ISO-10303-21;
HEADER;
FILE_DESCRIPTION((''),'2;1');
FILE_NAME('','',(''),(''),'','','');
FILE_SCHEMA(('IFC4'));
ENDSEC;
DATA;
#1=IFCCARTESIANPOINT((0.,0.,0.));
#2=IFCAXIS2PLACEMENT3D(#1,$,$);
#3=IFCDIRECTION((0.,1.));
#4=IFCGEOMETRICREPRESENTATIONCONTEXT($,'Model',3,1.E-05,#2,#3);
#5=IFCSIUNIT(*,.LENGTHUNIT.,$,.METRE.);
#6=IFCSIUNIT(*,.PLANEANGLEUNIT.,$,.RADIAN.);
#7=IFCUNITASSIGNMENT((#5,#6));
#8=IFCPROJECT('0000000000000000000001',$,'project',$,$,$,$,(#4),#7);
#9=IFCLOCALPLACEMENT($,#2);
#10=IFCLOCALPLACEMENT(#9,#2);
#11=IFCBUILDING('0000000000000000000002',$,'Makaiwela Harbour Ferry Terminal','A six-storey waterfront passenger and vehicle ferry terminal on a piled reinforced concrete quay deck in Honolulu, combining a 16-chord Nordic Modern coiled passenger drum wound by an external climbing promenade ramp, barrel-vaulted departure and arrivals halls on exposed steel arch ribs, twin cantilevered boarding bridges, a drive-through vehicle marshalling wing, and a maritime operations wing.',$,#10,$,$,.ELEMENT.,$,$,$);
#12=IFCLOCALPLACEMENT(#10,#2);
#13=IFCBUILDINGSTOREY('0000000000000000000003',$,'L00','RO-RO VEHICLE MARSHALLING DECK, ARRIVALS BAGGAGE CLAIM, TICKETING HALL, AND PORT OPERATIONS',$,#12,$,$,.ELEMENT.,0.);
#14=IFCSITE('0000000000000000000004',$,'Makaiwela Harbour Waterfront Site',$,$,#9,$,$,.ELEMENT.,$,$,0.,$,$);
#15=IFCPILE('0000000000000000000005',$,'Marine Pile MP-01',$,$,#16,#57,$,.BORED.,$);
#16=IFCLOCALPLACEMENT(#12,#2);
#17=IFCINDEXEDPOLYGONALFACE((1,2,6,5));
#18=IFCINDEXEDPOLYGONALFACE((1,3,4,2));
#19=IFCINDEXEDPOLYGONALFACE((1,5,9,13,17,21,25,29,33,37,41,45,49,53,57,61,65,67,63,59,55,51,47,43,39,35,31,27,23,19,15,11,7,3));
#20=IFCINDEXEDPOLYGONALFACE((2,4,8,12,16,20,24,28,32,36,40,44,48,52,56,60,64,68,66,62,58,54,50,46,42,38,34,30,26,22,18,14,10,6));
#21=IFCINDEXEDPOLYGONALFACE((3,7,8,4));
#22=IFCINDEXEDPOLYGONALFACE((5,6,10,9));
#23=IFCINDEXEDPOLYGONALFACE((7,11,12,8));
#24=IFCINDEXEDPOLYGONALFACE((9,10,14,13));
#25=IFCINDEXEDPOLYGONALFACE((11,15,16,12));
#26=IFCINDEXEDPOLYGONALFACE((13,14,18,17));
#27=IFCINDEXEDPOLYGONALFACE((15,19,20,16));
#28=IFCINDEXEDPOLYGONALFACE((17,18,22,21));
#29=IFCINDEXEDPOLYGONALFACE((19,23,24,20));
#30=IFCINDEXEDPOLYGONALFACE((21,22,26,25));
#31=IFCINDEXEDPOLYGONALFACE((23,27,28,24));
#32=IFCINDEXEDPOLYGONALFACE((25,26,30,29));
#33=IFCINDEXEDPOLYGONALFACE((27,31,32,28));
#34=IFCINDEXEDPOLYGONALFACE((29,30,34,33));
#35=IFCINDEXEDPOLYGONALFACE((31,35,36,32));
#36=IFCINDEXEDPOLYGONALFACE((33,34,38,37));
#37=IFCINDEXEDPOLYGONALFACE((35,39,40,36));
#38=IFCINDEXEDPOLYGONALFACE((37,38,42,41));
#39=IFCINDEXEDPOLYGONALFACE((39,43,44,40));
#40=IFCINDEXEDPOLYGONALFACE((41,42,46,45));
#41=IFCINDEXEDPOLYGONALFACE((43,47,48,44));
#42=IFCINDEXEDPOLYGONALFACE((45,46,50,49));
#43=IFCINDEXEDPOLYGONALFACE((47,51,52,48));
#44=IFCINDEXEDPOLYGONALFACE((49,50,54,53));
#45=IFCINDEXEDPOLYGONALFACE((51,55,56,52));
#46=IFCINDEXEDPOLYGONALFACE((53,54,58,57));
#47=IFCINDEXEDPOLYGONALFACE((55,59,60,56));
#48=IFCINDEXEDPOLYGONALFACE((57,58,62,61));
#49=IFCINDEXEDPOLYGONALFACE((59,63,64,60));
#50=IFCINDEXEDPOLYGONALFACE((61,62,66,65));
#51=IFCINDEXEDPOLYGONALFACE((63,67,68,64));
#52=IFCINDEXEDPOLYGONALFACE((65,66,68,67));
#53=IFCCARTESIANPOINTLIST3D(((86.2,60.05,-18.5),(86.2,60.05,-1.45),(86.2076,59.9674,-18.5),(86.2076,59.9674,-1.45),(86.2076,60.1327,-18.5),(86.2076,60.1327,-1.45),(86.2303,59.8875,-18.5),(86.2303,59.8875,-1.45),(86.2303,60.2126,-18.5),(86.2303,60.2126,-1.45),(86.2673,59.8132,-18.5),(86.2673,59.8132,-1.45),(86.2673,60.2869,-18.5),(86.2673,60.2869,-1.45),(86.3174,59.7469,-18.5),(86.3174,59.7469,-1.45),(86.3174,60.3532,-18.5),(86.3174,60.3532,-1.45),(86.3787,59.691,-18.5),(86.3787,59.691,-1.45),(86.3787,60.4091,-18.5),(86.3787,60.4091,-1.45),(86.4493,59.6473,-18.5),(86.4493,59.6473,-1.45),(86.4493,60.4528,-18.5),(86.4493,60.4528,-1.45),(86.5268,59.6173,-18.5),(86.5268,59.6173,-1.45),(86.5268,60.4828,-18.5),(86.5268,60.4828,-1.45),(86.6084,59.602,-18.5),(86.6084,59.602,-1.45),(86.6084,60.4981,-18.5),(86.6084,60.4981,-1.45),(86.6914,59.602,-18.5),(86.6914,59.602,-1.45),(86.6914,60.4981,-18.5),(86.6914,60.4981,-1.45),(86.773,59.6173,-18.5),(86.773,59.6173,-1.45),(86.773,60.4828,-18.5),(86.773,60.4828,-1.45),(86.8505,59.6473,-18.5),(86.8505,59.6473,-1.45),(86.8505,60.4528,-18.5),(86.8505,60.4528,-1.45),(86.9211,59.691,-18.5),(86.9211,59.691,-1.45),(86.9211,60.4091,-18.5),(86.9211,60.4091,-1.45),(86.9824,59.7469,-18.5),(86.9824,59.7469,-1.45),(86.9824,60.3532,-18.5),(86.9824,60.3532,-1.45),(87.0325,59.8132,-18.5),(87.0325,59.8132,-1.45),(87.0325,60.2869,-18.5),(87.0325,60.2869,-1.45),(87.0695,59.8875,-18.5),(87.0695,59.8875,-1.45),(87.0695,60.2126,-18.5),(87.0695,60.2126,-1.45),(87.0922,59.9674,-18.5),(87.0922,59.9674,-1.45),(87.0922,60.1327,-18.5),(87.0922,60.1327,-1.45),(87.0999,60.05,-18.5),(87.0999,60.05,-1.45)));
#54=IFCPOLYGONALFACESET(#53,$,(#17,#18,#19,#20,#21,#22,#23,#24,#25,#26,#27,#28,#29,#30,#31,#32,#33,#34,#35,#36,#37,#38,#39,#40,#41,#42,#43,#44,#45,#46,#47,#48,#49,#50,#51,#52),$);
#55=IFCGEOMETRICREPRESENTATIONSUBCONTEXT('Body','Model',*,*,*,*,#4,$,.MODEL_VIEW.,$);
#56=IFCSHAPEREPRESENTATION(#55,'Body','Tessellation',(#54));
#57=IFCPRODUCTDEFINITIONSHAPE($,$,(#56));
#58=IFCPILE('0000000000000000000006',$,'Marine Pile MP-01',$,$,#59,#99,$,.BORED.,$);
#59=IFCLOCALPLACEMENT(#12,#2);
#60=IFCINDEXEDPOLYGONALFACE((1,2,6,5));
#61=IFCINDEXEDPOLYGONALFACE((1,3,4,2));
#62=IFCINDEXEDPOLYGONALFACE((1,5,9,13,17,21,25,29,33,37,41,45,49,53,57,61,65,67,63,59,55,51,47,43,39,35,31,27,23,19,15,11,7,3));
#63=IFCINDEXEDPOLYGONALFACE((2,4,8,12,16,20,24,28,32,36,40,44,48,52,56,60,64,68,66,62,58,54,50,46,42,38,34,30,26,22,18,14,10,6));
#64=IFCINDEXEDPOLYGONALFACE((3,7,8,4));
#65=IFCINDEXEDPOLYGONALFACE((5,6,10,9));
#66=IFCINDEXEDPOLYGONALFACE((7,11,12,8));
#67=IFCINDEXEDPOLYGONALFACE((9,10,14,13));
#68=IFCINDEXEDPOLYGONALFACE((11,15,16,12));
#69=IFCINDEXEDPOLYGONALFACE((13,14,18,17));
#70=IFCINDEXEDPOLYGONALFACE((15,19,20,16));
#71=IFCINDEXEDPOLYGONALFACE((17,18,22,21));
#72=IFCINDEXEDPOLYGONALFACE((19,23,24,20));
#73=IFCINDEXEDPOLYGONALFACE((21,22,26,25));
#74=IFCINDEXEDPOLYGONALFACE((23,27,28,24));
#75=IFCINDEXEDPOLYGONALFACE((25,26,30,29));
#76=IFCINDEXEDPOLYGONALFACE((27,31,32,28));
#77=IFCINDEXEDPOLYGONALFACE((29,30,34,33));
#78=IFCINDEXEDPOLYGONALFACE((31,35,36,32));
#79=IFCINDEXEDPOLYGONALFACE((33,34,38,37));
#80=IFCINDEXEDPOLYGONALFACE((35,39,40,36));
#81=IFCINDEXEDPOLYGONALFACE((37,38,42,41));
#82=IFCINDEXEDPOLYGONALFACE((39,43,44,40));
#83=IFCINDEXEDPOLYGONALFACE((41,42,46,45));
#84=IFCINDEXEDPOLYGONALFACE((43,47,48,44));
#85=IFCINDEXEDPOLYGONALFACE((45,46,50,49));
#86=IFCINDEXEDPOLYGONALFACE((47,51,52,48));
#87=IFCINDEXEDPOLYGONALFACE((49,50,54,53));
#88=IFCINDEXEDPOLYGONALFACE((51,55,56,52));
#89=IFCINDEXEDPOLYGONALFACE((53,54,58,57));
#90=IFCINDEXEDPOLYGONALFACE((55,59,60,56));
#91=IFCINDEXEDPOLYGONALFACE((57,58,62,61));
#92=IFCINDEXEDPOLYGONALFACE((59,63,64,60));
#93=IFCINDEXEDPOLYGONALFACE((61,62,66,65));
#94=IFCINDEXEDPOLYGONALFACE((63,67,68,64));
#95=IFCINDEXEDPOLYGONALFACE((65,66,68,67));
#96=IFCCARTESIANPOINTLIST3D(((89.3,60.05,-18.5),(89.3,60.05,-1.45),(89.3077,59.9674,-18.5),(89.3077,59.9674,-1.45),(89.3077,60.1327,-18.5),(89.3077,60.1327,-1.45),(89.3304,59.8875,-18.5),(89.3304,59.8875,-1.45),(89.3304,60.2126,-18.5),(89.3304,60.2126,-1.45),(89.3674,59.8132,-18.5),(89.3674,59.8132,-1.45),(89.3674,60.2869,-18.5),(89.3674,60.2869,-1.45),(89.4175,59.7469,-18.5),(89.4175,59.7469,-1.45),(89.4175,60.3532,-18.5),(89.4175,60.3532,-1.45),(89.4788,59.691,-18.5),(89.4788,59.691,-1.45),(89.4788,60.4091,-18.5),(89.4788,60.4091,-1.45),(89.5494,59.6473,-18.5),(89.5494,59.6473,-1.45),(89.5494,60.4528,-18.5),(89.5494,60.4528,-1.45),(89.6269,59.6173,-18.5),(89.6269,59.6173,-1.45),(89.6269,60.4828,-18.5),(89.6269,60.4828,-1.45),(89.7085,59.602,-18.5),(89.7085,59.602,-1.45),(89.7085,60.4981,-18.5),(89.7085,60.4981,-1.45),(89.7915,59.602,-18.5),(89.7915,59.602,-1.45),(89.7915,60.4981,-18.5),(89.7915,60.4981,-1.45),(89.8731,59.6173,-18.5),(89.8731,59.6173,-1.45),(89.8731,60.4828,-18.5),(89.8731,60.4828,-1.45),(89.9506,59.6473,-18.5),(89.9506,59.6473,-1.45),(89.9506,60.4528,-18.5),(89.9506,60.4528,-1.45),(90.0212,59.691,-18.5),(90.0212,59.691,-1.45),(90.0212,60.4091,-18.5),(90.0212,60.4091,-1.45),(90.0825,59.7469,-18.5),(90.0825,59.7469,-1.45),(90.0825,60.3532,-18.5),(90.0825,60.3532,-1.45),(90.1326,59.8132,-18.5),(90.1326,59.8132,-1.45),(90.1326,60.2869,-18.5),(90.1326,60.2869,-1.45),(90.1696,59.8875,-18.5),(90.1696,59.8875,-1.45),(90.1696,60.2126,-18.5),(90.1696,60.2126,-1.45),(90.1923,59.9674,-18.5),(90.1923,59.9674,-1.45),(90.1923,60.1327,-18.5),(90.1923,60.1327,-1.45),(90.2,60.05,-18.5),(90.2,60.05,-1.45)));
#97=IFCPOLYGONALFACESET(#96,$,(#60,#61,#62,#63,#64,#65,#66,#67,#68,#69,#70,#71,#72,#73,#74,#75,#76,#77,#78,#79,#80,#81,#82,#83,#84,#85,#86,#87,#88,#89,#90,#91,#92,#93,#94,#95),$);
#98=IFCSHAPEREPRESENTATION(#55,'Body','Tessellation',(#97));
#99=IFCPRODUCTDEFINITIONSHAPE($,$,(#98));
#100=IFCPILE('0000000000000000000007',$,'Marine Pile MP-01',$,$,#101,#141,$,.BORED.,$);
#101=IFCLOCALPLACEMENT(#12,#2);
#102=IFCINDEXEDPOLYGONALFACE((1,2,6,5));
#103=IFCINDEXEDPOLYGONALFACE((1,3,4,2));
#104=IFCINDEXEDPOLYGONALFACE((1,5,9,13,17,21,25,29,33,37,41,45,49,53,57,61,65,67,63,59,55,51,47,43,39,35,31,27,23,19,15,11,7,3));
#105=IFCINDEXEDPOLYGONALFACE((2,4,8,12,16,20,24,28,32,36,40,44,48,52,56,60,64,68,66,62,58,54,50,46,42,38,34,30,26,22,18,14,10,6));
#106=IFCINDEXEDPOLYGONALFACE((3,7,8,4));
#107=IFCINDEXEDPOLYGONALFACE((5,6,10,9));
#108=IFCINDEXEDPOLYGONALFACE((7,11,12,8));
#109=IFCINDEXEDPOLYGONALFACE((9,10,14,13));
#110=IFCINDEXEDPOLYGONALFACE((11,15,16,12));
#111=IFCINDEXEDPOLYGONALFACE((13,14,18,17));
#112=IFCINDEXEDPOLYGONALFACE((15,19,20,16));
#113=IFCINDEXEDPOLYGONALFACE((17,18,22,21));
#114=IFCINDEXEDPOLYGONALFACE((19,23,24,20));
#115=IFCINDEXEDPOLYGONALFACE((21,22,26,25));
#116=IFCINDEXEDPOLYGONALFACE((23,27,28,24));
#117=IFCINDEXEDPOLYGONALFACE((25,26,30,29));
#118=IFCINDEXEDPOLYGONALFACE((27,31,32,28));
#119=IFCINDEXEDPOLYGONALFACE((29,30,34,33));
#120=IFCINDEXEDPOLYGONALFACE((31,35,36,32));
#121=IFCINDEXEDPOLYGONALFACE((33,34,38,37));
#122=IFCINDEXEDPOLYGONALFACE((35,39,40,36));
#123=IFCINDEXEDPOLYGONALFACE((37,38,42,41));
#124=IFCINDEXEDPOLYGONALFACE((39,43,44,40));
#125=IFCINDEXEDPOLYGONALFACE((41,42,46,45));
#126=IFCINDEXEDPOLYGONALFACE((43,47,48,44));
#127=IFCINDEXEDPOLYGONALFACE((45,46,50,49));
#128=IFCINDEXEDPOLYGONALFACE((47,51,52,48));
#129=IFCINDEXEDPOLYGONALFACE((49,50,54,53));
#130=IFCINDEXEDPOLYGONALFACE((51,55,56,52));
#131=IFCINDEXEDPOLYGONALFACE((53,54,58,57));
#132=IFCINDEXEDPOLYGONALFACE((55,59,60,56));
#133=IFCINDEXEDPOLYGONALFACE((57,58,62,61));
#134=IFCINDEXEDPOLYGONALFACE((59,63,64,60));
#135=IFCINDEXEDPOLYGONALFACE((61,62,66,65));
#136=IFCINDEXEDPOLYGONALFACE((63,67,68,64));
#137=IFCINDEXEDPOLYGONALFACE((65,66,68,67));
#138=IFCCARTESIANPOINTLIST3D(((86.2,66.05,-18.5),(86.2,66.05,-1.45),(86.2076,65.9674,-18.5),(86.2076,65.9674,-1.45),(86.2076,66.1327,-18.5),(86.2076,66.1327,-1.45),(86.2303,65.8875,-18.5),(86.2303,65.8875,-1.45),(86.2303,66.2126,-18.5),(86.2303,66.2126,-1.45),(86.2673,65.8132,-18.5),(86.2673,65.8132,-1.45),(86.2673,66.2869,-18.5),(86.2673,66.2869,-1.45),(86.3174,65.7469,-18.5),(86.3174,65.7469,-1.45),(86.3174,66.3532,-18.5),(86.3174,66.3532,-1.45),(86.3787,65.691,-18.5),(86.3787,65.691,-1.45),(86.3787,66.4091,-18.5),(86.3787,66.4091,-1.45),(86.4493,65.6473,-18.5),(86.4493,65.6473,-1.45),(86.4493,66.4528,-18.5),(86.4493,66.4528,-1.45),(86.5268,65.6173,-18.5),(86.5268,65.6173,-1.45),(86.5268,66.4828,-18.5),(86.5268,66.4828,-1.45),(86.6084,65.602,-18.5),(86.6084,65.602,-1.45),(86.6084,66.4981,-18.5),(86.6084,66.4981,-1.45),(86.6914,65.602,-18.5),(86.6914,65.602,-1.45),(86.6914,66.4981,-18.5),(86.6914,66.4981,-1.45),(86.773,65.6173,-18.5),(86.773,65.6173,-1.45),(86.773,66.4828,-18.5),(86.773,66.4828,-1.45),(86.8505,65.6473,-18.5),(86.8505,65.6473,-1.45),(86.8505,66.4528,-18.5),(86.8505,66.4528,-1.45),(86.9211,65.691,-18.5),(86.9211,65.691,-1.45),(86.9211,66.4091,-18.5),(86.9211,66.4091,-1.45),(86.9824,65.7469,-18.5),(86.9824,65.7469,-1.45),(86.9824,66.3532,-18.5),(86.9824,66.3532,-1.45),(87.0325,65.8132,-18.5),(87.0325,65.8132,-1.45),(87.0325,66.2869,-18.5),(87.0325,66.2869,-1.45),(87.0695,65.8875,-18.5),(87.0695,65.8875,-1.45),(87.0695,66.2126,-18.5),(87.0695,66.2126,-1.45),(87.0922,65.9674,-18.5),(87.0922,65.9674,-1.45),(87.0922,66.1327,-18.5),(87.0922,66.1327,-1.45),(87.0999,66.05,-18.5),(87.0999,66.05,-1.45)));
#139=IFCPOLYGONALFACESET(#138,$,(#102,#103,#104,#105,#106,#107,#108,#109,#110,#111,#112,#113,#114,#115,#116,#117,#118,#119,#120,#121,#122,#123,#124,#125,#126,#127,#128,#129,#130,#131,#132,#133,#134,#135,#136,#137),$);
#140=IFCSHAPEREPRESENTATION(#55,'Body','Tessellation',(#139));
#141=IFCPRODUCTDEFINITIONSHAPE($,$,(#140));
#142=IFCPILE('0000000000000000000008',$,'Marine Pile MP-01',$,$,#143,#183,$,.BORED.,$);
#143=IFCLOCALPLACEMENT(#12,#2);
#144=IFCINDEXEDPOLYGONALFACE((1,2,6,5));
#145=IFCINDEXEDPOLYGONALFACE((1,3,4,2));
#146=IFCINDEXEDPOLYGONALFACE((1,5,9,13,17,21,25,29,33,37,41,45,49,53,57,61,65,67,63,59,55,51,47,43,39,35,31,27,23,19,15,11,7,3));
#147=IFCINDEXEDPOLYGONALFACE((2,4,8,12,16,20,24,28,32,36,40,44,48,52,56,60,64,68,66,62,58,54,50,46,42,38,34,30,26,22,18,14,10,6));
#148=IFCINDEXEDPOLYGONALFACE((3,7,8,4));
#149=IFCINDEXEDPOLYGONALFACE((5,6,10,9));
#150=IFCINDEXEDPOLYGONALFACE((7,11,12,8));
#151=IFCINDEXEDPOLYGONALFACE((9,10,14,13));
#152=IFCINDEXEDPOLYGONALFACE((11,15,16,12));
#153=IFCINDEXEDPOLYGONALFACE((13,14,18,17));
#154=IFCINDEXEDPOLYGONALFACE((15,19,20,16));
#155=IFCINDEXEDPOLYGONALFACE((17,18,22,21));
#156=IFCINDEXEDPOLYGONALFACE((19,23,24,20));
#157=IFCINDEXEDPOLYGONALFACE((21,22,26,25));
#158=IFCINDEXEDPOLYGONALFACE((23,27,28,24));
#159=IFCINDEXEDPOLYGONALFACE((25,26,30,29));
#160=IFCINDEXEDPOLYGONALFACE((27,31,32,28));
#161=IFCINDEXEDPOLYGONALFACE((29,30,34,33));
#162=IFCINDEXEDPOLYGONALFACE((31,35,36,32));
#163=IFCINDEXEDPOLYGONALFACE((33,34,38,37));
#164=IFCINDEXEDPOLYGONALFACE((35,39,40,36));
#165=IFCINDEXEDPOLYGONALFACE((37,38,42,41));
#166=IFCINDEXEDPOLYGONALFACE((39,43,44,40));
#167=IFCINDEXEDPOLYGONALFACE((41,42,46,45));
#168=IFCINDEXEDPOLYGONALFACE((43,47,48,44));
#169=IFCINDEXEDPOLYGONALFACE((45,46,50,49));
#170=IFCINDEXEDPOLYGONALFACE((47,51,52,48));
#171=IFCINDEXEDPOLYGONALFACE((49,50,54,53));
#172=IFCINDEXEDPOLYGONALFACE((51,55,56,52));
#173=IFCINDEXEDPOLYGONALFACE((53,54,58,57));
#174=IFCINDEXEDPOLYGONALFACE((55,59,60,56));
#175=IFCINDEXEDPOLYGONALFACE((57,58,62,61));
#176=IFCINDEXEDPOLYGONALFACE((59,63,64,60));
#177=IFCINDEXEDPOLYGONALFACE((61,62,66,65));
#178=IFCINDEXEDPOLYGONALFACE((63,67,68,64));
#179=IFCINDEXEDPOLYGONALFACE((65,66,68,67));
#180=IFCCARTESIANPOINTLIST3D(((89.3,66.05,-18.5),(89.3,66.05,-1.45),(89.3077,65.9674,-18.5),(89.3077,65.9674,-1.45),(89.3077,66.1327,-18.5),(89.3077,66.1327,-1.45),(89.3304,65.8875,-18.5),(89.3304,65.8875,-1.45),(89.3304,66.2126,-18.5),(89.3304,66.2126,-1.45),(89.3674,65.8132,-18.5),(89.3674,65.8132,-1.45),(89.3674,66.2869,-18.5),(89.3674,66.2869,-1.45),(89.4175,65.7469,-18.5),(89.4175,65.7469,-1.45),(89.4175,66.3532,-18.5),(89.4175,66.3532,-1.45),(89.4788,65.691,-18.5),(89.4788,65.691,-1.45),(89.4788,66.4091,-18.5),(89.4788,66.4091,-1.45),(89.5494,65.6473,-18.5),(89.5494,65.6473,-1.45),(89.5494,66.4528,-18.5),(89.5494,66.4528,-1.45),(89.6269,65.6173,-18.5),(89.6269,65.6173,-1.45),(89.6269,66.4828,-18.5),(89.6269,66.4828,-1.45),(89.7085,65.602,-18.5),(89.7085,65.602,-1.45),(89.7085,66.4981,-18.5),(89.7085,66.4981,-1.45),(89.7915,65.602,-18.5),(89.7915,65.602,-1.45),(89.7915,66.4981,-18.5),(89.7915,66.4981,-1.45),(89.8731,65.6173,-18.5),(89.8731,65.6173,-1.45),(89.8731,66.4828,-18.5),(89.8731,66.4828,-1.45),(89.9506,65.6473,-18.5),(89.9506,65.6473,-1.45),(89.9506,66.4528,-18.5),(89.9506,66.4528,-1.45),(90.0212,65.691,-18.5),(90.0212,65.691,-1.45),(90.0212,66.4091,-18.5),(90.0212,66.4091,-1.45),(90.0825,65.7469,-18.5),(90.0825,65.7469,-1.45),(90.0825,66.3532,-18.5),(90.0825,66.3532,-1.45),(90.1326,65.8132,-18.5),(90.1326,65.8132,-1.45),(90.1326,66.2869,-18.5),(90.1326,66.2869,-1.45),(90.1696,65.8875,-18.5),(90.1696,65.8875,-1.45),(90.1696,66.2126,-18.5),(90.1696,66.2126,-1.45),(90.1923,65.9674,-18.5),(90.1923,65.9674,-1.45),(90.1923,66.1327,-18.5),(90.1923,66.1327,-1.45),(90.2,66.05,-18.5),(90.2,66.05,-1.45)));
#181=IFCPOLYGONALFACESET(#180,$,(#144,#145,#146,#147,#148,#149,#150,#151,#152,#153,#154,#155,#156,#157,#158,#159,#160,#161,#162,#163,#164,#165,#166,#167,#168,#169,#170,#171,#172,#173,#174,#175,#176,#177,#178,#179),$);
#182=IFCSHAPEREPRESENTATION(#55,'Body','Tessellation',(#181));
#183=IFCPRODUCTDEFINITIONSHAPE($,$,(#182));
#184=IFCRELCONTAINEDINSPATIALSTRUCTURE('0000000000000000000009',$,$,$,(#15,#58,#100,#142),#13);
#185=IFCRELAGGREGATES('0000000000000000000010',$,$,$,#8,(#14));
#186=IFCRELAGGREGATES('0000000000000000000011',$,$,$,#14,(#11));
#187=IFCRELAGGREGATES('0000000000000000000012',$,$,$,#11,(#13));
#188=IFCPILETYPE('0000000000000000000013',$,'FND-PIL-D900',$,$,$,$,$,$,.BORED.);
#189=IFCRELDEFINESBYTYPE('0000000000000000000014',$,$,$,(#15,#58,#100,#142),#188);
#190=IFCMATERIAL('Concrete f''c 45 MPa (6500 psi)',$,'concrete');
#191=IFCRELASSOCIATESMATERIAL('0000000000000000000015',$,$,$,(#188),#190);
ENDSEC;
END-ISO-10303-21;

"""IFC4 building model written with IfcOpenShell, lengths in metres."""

from ifc_helpers import new_model, si_unit, direction, frame, origin, origin_2d, place, context, subcontext, project, spatial, circle, extrude, material, material_profile, profile_set, type_object, element, save


model = new_model("IFC4")

# Units and contexts
model_context = context("Model", 3, precision=1e-05, world=origin(), true_north=direction((0.0, 1.0)))
body_context = subcontext(model_context, "Body", "Model", "MODEL_VIEW")
ifc_project = project(units=[si_unit("LENGTHUNIT", "METRE"), si_unit("PLANEANGLEUNIT", "RADIAN")], contexts=[model_context])

# Site, building, storey
site_placement = place(None, origin())
site = spatial("IfcSite", under=ifc_project, at=site_placement, Name="Makaiwela Harbour Waterfront Site", CompositionType="ELEMENT", RefElevation=0.0)
building_placement = place(site_placement, origin())
building = spatial("IfcBuilding", under=site, at=building_placement, Name="Makaiwela Harbour Ferry Terminal", Description="A six-storey waterfront passenger and vehicle ferry terminal on a piled reinforced concrete quay deck in Honolulu, combining a 16-chord Nordic Modern coiled passenger drum wound by an external climbing promenade ramp, barrel-vaulted departure and arrivals halls on exposed steel arch ribs, twin cantilevered boarding bridges, a drive-through vehicle marshalling wing, and a maritime operations wing.", CompositionType="ELEMENT")
storey_placement = place(building_placement, origin())
storey = spatial("IfcBuildingStorey", under=building, at=storey_placement, Name="L00", Description="RO-RO VEHICLE MARSHALLING DECK, ARRIVALS BAGGAGE CLAIM, TICKETING HALL, AND PORT OPERATIONS", CompositionType="ELEMENT", Elevation=0.0)

# Shared definitions
ifc_material_1 = material(Name="Concrete f'c 45 MPa (6500 psi)", Category="concrete")

# Piles
ifc_material_profile_1 = material_profile(ifc_material_1, circle(Radius=0.45, at=origin_2d()), Name="PILE-D900")
ifc_profile_set_1 = profile_set([ifc_material_profile_1], Name="Concrete f'c 45 MPa (6500 psi)")
pile_type = type_object("IfcPileType", Name="FND-PIL-D900", PredefinedType="BORED", material=ifc_profile_set_1)
for number, where, z_axis, x_axis, name in (
    (1, (86.6499, 60.05, -1.45), (0.0, 0.0, -1.0), (1.0, 0.0, 0.0), "Marine Pile MP-01"),
    (2, (89.75, 60.05, -1.45), (0.0, 0.0, -1.0), (1.0, 0.0, 0.0), "Marine Pile MP-01"),
    (3, (86.6499, 66.05, -1.45), (0.0, 0.0, -1.0), (1.0, 0.0, 0.0), "Marine Pile MP-01"),
    (4, (89.75, 66.05, -1.45), (0.0, 0.0, -1.0), (1.0, 0.0, 0.0), "Marine Pile MP-01"),
):
    element("IfcPile", number, at=place(storey_placement, frame(where, z_axis=z_axis, x_axis=x_axis)), inside=storey, type_object=pile_type, Name=name, PredefinedType="BORED", context=body_context, shape_type="SweptSolid", body=[
        extrude(circle(Radius=0.45, at=origin_2d()), origin(), (0.0, 0.0, 1.0), 17.05),
    ])

save(model, "model.ifc")
